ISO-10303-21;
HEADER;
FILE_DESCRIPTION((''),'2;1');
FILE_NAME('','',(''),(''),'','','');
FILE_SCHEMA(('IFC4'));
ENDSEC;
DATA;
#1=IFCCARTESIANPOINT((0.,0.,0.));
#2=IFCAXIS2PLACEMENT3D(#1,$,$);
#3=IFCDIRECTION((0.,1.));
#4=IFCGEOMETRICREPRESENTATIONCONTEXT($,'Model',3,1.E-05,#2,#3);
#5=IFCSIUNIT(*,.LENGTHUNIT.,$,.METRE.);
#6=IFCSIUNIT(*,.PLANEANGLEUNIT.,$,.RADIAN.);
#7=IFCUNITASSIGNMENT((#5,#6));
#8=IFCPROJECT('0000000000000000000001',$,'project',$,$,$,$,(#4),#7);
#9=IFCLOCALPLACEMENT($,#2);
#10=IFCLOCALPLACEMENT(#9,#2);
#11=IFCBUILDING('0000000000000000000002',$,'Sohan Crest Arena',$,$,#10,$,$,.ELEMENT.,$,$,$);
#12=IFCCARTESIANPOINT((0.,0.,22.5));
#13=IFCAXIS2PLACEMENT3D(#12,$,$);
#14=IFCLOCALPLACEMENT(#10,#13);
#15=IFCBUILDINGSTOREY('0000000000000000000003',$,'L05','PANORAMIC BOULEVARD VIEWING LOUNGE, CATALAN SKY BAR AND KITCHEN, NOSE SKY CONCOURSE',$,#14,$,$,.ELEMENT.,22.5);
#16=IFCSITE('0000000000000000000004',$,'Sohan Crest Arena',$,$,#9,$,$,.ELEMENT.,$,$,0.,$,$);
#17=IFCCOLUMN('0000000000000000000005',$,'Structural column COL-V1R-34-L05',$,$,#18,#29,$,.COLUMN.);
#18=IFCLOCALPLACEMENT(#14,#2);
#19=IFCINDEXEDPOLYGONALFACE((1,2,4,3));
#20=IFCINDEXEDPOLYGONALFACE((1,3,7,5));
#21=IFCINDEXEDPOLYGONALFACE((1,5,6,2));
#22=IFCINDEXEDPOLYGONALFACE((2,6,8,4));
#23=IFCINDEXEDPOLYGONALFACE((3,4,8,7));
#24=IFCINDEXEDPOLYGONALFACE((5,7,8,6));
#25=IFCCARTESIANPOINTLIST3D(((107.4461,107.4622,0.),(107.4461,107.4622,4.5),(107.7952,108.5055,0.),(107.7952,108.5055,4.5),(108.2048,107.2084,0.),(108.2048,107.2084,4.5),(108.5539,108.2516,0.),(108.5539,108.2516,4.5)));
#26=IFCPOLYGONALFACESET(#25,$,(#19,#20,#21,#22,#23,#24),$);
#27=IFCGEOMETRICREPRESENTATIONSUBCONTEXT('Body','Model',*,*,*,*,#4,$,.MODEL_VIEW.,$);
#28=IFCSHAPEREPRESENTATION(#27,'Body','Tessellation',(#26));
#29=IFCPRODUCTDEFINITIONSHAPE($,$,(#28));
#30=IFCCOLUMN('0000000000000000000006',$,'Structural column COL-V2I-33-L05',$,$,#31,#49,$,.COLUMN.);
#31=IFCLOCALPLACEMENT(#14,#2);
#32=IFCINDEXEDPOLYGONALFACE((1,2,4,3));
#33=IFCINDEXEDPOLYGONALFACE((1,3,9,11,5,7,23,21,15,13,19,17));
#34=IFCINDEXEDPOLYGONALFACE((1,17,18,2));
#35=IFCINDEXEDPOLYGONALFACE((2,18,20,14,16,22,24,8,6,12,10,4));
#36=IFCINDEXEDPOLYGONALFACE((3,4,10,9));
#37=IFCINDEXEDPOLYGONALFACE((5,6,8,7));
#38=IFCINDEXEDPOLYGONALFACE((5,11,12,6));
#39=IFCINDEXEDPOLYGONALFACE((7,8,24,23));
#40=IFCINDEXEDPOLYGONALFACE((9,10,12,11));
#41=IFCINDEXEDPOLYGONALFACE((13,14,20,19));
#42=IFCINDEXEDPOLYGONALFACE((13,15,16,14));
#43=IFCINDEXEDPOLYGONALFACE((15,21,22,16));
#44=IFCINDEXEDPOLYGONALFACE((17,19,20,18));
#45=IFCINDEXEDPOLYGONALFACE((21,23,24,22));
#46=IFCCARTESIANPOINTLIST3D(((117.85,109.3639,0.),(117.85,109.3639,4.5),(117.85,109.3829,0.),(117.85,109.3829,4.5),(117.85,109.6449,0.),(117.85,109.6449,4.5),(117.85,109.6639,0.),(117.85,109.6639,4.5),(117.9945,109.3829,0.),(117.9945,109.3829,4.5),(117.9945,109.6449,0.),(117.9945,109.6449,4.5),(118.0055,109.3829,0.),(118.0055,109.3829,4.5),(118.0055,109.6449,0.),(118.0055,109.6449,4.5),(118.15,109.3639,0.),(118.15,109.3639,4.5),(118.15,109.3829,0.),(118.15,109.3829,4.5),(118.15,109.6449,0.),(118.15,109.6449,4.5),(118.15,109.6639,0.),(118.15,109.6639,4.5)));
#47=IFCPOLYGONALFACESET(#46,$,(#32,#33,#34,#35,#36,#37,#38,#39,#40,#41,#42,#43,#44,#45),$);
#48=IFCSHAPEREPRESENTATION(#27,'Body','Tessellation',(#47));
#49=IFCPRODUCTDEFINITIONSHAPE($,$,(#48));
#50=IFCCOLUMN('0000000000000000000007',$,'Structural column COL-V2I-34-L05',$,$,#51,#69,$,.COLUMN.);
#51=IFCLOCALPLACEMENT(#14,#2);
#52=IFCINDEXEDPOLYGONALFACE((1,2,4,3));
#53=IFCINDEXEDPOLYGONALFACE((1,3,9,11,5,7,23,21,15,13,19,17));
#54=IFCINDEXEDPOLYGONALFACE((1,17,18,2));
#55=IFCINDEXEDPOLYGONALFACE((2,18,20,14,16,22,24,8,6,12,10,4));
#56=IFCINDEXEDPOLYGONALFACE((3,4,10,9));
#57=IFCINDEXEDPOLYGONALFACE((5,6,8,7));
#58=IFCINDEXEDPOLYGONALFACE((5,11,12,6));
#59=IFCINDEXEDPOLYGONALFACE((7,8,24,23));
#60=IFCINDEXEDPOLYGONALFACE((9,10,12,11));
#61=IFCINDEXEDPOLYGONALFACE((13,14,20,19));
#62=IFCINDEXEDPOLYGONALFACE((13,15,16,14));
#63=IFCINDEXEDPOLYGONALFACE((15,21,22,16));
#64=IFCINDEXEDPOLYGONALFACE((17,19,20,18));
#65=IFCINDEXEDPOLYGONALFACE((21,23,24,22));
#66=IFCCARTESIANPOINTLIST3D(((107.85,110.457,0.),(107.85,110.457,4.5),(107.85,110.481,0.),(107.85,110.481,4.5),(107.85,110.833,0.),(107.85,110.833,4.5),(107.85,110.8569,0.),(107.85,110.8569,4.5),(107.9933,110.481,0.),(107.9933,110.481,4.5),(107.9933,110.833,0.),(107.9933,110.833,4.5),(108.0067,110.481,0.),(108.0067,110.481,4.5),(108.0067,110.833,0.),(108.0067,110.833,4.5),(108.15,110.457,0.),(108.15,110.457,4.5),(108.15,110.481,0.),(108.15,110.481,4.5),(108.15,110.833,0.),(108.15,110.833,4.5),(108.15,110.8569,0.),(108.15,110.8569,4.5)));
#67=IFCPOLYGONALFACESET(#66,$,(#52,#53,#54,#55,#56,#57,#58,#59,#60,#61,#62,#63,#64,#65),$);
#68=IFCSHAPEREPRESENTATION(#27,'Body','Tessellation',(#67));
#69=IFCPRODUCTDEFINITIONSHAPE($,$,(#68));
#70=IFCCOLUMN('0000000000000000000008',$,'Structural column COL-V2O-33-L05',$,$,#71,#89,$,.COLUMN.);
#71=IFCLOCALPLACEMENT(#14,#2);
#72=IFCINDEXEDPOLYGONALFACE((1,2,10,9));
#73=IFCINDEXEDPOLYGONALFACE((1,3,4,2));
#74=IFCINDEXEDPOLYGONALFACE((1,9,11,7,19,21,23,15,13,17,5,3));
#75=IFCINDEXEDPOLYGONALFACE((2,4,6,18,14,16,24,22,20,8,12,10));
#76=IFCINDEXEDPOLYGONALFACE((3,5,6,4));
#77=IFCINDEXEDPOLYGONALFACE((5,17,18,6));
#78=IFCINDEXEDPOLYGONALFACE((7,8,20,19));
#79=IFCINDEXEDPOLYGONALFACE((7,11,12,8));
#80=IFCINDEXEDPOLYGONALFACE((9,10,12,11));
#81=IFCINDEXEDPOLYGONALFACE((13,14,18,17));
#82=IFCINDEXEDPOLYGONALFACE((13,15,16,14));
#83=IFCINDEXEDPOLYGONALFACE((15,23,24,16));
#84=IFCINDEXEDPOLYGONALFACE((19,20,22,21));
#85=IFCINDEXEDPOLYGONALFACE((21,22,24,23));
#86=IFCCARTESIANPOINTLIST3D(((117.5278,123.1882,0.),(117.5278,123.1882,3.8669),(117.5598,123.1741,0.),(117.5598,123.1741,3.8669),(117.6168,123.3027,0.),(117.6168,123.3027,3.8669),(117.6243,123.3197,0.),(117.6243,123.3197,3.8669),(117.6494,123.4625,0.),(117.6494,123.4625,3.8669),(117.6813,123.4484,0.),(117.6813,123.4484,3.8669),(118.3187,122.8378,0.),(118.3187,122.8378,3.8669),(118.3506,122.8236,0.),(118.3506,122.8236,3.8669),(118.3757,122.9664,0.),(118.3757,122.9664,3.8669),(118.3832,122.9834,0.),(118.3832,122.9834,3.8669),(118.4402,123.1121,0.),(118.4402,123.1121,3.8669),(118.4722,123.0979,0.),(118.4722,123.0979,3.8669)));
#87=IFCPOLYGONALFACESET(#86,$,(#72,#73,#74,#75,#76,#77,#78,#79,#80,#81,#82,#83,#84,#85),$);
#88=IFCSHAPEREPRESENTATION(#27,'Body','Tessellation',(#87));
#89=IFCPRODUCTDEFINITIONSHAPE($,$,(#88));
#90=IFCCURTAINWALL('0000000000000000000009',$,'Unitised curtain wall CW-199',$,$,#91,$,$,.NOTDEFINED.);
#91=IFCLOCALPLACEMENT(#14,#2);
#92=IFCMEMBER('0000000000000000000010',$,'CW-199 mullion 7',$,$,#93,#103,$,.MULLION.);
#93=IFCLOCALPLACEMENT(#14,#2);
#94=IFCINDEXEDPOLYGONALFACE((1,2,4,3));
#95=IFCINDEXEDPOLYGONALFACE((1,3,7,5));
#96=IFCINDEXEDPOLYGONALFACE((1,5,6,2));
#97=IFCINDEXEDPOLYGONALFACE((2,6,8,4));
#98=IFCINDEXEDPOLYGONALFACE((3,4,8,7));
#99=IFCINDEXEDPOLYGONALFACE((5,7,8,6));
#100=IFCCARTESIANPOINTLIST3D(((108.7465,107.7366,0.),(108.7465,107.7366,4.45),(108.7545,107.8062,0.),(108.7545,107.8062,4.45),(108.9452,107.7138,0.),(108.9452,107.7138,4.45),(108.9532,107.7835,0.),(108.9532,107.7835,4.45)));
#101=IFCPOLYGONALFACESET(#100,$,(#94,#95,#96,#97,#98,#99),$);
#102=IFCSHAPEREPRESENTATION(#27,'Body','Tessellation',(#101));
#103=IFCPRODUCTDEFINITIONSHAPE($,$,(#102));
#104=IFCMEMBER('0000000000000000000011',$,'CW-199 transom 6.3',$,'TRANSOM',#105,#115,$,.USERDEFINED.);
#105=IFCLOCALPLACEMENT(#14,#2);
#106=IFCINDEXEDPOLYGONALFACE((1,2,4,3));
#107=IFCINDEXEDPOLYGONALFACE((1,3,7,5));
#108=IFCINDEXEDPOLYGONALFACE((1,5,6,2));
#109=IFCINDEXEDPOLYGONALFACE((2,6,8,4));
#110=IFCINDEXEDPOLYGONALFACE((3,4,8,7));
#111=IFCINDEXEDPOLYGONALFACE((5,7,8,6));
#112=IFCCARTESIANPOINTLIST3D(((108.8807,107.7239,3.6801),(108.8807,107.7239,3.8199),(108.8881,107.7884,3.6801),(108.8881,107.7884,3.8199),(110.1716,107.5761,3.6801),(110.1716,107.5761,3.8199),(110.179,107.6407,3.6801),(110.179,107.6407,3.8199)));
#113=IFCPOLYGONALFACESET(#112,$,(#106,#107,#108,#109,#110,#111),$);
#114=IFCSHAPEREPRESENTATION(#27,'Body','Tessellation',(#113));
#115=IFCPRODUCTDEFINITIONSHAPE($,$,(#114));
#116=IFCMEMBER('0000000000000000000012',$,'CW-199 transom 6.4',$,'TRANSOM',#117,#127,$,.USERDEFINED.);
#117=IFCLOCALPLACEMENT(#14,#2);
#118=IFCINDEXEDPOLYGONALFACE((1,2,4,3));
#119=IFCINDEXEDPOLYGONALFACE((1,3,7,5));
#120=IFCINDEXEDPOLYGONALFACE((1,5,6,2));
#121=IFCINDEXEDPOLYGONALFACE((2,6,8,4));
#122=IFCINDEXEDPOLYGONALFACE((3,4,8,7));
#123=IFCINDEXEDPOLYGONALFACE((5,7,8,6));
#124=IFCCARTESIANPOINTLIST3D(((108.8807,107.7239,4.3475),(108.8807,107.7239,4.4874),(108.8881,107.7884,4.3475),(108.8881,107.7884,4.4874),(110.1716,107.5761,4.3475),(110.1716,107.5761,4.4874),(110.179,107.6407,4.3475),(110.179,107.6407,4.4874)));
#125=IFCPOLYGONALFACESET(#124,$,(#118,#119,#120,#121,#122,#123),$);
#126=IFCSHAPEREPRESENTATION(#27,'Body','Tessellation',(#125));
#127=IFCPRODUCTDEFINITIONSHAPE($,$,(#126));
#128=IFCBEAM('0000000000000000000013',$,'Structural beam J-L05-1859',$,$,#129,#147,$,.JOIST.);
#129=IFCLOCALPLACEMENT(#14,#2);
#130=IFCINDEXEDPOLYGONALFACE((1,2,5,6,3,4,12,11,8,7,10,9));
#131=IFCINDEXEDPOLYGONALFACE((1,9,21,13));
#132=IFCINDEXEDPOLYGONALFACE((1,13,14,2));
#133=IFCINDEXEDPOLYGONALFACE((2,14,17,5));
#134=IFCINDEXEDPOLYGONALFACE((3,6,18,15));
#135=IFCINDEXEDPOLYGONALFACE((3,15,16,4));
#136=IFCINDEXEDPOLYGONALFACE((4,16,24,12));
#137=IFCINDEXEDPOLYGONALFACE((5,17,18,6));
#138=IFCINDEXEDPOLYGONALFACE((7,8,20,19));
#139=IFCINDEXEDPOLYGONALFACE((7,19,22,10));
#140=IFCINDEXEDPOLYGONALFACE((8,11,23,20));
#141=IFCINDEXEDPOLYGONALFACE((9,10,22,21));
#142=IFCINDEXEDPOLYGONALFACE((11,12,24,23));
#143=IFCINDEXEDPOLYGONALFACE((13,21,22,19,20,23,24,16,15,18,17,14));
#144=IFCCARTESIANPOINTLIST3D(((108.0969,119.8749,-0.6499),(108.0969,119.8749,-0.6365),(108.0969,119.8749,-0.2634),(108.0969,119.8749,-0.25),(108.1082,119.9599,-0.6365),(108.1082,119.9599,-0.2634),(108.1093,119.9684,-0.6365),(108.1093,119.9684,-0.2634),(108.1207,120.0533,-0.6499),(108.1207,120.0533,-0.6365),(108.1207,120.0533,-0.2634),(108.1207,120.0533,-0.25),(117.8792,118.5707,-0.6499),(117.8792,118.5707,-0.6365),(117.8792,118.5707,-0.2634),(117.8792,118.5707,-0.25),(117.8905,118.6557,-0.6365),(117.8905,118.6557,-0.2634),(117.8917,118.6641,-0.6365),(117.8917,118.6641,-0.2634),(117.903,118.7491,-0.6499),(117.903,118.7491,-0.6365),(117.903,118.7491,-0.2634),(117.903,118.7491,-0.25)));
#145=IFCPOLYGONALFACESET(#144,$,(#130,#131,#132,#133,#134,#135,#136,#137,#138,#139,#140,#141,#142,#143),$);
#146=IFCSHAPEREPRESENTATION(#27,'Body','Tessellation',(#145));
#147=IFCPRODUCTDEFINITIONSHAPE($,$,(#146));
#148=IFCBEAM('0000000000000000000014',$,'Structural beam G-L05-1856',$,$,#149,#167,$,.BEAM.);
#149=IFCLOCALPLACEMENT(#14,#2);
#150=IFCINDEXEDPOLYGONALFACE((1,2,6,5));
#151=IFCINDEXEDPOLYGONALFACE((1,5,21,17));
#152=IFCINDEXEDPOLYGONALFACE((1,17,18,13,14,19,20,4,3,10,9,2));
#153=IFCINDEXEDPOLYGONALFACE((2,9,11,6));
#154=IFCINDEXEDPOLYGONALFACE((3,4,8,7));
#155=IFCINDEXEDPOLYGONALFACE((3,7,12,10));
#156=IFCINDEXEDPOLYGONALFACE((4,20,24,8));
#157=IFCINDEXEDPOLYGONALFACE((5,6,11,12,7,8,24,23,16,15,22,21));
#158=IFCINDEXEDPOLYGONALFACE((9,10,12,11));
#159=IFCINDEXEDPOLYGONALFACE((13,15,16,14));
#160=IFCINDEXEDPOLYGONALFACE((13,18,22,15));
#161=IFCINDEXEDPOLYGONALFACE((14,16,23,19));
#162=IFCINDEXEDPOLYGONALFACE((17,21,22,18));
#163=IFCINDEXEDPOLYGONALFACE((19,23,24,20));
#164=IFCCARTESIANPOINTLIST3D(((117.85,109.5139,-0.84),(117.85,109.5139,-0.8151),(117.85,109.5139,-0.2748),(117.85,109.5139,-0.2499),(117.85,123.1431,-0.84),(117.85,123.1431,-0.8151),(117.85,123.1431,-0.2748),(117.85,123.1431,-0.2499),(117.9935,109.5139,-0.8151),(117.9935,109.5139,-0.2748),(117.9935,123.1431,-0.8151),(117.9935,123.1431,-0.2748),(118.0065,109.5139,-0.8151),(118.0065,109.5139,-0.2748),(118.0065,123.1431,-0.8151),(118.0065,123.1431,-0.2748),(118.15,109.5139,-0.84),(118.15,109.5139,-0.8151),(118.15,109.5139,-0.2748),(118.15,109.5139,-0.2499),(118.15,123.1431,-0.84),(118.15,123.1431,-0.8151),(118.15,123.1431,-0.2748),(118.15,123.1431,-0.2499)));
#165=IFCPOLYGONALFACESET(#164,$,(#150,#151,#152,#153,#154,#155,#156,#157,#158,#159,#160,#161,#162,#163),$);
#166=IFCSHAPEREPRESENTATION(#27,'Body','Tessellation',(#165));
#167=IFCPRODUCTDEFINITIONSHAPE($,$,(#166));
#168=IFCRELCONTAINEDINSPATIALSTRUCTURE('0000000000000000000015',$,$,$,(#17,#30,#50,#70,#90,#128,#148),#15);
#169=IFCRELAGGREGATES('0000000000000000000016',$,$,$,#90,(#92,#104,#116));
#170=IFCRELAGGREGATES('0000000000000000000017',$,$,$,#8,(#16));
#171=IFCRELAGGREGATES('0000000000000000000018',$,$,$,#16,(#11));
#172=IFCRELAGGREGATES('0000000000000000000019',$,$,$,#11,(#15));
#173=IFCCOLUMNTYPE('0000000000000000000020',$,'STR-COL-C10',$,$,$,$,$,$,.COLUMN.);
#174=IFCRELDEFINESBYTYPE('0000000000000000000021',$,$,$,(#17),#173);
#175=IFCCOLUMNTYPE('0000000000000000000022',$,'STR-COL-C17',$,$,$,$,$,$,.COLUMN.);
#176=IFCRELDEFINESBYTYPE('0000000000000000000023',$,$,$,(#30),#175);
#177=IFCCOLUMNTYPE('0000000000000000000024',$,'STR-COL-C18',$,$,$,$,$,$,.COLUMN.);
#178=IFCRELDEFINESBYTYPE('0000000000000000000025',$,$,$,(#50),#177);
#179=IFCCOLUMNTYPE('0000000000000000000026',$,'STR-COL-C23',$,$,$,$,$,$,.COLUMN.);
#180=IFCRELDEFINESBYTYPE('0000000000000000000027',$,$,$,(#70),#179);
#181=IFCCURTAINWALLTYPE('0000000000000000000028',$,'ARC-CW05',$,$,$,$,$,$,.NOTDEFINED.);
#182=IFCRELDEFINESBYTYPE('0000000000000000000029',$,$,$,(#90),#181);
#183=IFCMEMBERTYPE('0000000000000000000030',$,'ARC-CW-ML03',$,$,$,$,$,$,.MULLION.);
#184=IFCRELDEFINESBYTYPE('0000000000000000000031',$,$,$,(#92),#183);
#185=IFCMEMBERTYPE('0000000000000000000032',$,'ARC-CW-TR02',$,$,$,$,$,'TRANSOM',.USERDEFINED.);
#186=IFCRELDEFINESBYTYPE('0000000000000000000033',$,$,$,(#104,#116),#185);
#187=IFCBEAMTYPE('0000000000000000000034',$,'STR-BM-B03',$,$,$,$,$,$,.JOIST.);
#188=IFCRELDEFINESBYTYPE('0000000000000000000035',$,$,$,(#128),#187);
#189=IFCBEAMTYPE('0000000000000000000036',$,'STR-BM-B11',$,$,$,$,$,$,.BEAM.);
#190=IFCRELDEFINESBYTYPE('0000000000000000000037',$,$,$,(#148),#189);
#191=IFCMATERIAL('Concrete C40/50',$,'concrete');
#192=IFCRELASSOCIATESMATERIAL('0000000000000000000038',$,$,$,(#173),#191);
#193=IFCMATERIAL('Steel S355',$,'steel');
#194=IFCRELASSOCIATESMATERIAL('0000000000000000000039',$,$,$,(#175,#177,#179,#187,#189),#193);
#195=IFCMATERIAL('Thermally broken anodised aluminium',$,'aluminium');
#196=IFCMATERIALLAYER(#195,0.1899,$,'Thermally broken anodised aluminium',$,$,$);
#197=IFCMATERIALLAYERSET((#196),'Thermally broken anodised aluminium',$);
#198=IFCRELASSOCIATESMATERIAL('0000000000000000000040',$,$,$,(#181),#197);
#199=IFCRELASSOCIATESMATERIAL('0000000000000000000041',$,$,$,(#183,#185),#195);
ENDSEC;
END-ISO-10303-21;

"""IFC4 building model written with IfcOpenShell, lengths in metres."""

from ifc_helpers import new_model, si_unit, direction, frame, origin, origin_2d, place, context, subcontext, project, spatial, rectangle, i_section, extrude, material, layer, layer_set, material_profile, profile_set, type_object, element, aggregate, save


model = new_model("IFC4")

# Units and contexts
model_context = context("Model", 3, precision=1e-05, world=origin(), true_north=direction((0.0, 1.0)))
body_context = subcontext(model_context, "Body", "Model", "MODEL_VIEW")
ifc_project = project(units=[si_unit("LENGTHUNIT", "METRE"), si_unit("PLANEANGLEUNIT", "RADIAN")], contexts=[model_context])

# Site, building, storey
site_placement = place(None, origin())
site = spatial("IfcSite", under=ifc_project, at=site_placement, Name="Sohan Crest Arena", CompositionType="ELEMENT", RefElevation=0.0)
building_placement = place(site_placement, origin())
building = spatial("IfcBuilding", under=site, at=building_placement, Name="Sohan Crest Arena", CompositionType="ELEMENT")
storey_placement = place(building_placement, frame((0.0, 0.0, 22.5)))
storey = spatial("IfcBuildingStorey", under=building, at=storey_placement, Name="L05", Description="PANORAMIC BOULEVARD VIEWING LOUNGE, CATALAN SKY BAR AND KITCHEN, NOSE SKY CONCOURSE", CompositionType="ELEMENT", Elevation=22.5)

# Columns
ifc_material_1 = material(Name="Concrete C40/50", Category="concrete")
ifc_material_profile_1 = material_profile(ifc_material_1, rectangle(XDim=1.1001, YDim=0.8, at=origin_2d()), Name="RC 1100x800")
ifc_profile_set_1 = profile_set([ifc_material_profile_1], Name="Concrete C40/50")
column_type_1 = type_object("IfcColumnType", Name="STR-COL-C10", PredefinedType="COLUMN", material=ifc_profile_set_1)
column_1_placement = place(storey_placement, frame((108.0, 107.8569, 0.0), z_axis=(0.0, 0.0, 1.0), x_axis=(0.317305, 0.948324, 0.0)))
element("IfcColumn", 1, at=column_1_placement, inside=storey, type_object=column_type_1, Name="Structural column COL-V1R-34-L05", PredefinedType="COLUMN", context=body_context, shape_type="SweptSolid", body=[
    extrude(rectangle(XDim=1.1001, YDim=0.8, at=origin_2d()), origin(), (0.0, 0.0, 1.0), 4.5),
])
ifc_material_2 = material(Name="Steel S355", Category="steel")
ifc_material_profile_2 = material_profile(ifc_material_2, i_section(OverallWidth=0.3, OverallDepth=0.3, WebThickness=0.011, FlangeThickness=0.019, at=origin_2d()), Name="HEB 300")
ifc_profile_set_2 = profile_set([ifc_material_profile_2], Name="Steel S355")
column_type_2 = type_object("IfcColumnType", Name="STR-COL-C17", PredefinedType="COLUMN", material=ifc_profile_set_2)
column_2_placement = place(storey_placement, frame((118.0, 109.5139, 0.0), z_axis=(0.0, 0.0, 1.0), x_axis=(1.0, 0.0, 0.0)))
element("IfcColumn", 2, at=column_2_placement, inside=storey, type_object=column_type_2, Name="Structural column COL-V2I-33-L05", PredefinedType="COLUMN", context=body_context, shape_type="SweptSolid", body=[
    extrude(i_section(OverallWidth=0.3, OverallDepth=0.3, WebThickness=0.011, FlangeThickness=0.019, at=origin_2d()), origin(), (0.0, 0.0, 1.0), 4.5),
])
ifc_material_profile_3 = material_profile(ifc_material_2, i_section(OverallWidth=0.3, OverallDepth=0.3999, WebThickness=0.0134, FlangeThickness=0.0239, at=origin_2d()), Name="HEB 400")
ifc_profile_set_3 = profile_set([ifc_material_profile_3], Name="Steel S355")
column_type_3 = type_object("IfcColumnType", Name="STR-COL-C18", PredefinedType="COLUMN", material=ifc_profile_set_3)
column_3_placement = place(storey_placement, frame((108.0, 110.657, 0.0), z_axis=(0.0, 0.0, 1.0), x_axis=(1.0, 0.0, 0.0)))
element("IfcColumn", 3, at=column_3_placement, inside=storey, type_object=column_type_3, Name="Structural column COL-V2I-34-L05", PredefinedType="COLUMN", context=body_context, shape_type="SweptSolid", body=[
    extrude(i_section(OverallWidth=0.3, OverallDepth=0.3999, WebThickness=0.0134, FlangeThickness=0.0239, at=origin_2d()), origin(), (0.0, 0.0, 1.0), 4.5),
])
ifc_material_profile_4 = material_profile(ifc_material_2, i_section(OverallWidth=0.3, OverallDepth=0.8999, WebThickness=0.0186, FlangeThickness=0.0349, at=origin_2d()), Name="HEB 900")
ifc_profile_set_4 = profile_set([ifc_material_profile_4], Name="Steel S355")
column_type_4 = type_object("IfcColumnType", Name="STR-COL-C23", PredefinedType="COLUMN", material=ifc_profile_set_4)
column_4_placement = place(storey_placement, frame((118.0, 123.1431, 0.0), z_axis=(0.0, 0.0, 1.0), x_axis=(0.405142, 0.914254, 0.0)))
element("IfcColumn", 4, at=column_4_placement, inside=storey, type_object=column_type_4, Name="Structural column COL-V2O-33-L05", PredefinedType="COLUMN", context=body_context, shape_type="SweptSolid", body=[
    extrude(i_section(OverallWidth=0.3, OverallDepth=0.8999, WebThickness=0.0186, FlangeThickness=0.0349, at=origin_2d()), origin(), (0.0, 0.0, 1.0), 3.8669),
])

# Curtain wall, members
ifc_material_3 = material(Name="Thermally broken anodised aluminium", Category="aluminium")
ifc_layer_1 = layer(ifc_material_3, 0.1899, Name="Thermally broken anodised aluminium")
ifc_layer_set_1 = layer_set([ifc_layer_1], Name="Thermally broken anodised aluminium")
curtain_wall_type = type_object("IfcCurtainWallType", Name="ARC-CW05", PredefinedType="NOTDEFINED", material=ifc_layer_set_1)
curtain_wall_placement = place(storey_placement, origin())
curtain_wall = element("IfcCurtainWall", 5, at=curtain_wall_placement, inside=storey, type_object=curtain_wall_type, Name="Unitised curtain wall CW-199", PredefinedType="NOTDEFINED")
ifc_material_profile_5 = material_profile(ifc_material_3, rectangle(XDim=0.0701, YDim=0.2, at=origin_2d()), Name="ALU-MULL 70x200")
ifc_profile_set_5 = profile_set([ifc_material_profile_5], Name="Thermally broken anodised aluminium")
member_type_1 = type_object("IfcMemberType", Name="ARC-CW-ML03", PredefinedType="MULLION", material=ifc_profile_set_5)
member_1_placement = place(storey_placement, frame((108.8499, 107.76, 0.0), z_axis=(0.0, 0.0, 1.0), x_axis=(-0.113597, -0.993527, 0.0)))
member_1 = element("IfcMember", 6, at=member_1_placement, type_object=member_type_1, Name="CW-199 mullion 7", PredefinedType="MULLION", context=body_context, shape_type="SweptSolid", body=[
    extrude(rectangle(XDim=0.0701, YDim=0.2, at=origin_2d()), origin(), (0.0, 0.0, 1.0), 4.45),
])
ifc_material_profile_6 = material_profile(ifc_material_3, rectangle(XDim=0.0649, YDim=0.1399, at=origin_2d()), Name="ALU-TRAN 65x140")
ifc_profile_set_6 = profile_set([ifc_material_profile_6], Name="Thermally broken anodised aluminium")
member_type_2 = type_object("IfcMemberType", Name="ARC-CW-TR02", ElementType="TRANSOM", PredefinedType="USERDEFINED", material=ifc_profile_set_6)
member_2_placement = place(storey_placement, frame((110.1753, 107.6084, 3.75), z_axis=(-0.993516, 0.11369, 0.0), x_axis=(-0.11369, -0.993516, 0.0)))
member_2 = element("IfcMember", 7, at=member_2_placement, type_object=member_type_2, Name="CW-199 transom 6.3", ObjectType="TRANSOM", PredefinedType="USERDEFINED", context=body_context, shape_type="SweptSolid", body=[
    extrude(rectangle(XDim=0.0649, YDim=0.1399, at=origin_2d()), origin(), (0.0, 0.0, 1.0), 1.2993),
])
member_3_placement = place(storey_placement, frame((110.1753, 107.6084, 4.4175), z_axis=(-0.993516, 0.11369, 0.0), x_axis=(-0.11369, -0.993516, 0.0)))
member_3 = element("IfcMember", 8, at=member_3_placement, type_object=member_type_2, Name="CW-199 transom 6.4", ObjectType="TRANSOM", PredefinedType="USERDEFINED", context=body_context, shape_type="SweptSolid", body=[
    extrude(rectangle(XDim=0.0649, YDim=0.1399, at=origin_2d()), origin(), (0.0, 0.0, 1.0), 1.2993),
])

# Beams
ifc_material_profile_7 = material_profile(ifc_material_2, i_section(OverallWidth=0.1799, OverallDepth=0.3999, WebThickness=0.0085, FlangeThickness=0.0134, at=origin_2d()), Name="IPE 400")
ifc_profile_set_7 = profile_set([ifc_material_profile_7], Name="Steel S355")
beam_type_1 = type_object("IfcBeamType", Name="STR-BM-B03", PredefinedType="JOIST", material=ifc_profile_set_7)
beam_1_placement = place(storey_placement, frame((117.8911, 118.6599, -0.45), z_axis=(-0.991229, 0.132154, 0.0), x_axis=(-0.132154, -0.991229, 0.0)))
element("IfcBeam", 9, at=beam_1_placement, inside=storey, type_object=beam_type_1, Name="Structural beam J-L05-1859", PredefinedType="JOIST", context=body_context, shape_type="SweptSolid", body=[
    extrude(i_section(OverallWidth=0.1799, OverallDepth=0.3999, WebThickness=0.0085, FlangeThickness=0.0134, at=origin_2d()), origin(), (0.0, 0.0, 1.0), 9.8689),
])
ifc_material_profile_8 = material_profile(ifc_material_2, i_section(OverallWidth=0.3, OverallDepth=0.5901, WebThickness=0.0129, FlangeThickness=0.0249, at=origin_2d()), Name="HEA 600")
ifc_profile_set_8 = profile_set([ifc_material_profile_8], Name="Steel S355")
beam_type_2 = type_object("IfcBeamType", Name="STR-BM-B11", PredefinedType="BEAM", material=ifc_profile_set_8)
beam_2_placement = place(storey_placement, frame((118.0, 109.5139, -0.5449), z_axis=(0.0, 1.0, 0.0), x_axis=(-1.0, 0.0, 0.0)))
element("IfcBeam", 10, at=beam_2_placement, inside=storey, type_object=beam_type_2, Name="Structural beam G-L05-1856", PredefinedType="BEAM", context=body_context, shape_type="SweptSolid", body=[
    extrude(i_section(OverallWidth=0.3, OverallDepth=0.5901, WebThickness=0.0129, FlangeThickness=0.0249, at=origin_2d()), origin(), (0.0, 0.0, 1.0), 13.6292),
])

aggregate(curtain_wall, [member_1, member_2, member_3])

save(model, "model.ifc")
